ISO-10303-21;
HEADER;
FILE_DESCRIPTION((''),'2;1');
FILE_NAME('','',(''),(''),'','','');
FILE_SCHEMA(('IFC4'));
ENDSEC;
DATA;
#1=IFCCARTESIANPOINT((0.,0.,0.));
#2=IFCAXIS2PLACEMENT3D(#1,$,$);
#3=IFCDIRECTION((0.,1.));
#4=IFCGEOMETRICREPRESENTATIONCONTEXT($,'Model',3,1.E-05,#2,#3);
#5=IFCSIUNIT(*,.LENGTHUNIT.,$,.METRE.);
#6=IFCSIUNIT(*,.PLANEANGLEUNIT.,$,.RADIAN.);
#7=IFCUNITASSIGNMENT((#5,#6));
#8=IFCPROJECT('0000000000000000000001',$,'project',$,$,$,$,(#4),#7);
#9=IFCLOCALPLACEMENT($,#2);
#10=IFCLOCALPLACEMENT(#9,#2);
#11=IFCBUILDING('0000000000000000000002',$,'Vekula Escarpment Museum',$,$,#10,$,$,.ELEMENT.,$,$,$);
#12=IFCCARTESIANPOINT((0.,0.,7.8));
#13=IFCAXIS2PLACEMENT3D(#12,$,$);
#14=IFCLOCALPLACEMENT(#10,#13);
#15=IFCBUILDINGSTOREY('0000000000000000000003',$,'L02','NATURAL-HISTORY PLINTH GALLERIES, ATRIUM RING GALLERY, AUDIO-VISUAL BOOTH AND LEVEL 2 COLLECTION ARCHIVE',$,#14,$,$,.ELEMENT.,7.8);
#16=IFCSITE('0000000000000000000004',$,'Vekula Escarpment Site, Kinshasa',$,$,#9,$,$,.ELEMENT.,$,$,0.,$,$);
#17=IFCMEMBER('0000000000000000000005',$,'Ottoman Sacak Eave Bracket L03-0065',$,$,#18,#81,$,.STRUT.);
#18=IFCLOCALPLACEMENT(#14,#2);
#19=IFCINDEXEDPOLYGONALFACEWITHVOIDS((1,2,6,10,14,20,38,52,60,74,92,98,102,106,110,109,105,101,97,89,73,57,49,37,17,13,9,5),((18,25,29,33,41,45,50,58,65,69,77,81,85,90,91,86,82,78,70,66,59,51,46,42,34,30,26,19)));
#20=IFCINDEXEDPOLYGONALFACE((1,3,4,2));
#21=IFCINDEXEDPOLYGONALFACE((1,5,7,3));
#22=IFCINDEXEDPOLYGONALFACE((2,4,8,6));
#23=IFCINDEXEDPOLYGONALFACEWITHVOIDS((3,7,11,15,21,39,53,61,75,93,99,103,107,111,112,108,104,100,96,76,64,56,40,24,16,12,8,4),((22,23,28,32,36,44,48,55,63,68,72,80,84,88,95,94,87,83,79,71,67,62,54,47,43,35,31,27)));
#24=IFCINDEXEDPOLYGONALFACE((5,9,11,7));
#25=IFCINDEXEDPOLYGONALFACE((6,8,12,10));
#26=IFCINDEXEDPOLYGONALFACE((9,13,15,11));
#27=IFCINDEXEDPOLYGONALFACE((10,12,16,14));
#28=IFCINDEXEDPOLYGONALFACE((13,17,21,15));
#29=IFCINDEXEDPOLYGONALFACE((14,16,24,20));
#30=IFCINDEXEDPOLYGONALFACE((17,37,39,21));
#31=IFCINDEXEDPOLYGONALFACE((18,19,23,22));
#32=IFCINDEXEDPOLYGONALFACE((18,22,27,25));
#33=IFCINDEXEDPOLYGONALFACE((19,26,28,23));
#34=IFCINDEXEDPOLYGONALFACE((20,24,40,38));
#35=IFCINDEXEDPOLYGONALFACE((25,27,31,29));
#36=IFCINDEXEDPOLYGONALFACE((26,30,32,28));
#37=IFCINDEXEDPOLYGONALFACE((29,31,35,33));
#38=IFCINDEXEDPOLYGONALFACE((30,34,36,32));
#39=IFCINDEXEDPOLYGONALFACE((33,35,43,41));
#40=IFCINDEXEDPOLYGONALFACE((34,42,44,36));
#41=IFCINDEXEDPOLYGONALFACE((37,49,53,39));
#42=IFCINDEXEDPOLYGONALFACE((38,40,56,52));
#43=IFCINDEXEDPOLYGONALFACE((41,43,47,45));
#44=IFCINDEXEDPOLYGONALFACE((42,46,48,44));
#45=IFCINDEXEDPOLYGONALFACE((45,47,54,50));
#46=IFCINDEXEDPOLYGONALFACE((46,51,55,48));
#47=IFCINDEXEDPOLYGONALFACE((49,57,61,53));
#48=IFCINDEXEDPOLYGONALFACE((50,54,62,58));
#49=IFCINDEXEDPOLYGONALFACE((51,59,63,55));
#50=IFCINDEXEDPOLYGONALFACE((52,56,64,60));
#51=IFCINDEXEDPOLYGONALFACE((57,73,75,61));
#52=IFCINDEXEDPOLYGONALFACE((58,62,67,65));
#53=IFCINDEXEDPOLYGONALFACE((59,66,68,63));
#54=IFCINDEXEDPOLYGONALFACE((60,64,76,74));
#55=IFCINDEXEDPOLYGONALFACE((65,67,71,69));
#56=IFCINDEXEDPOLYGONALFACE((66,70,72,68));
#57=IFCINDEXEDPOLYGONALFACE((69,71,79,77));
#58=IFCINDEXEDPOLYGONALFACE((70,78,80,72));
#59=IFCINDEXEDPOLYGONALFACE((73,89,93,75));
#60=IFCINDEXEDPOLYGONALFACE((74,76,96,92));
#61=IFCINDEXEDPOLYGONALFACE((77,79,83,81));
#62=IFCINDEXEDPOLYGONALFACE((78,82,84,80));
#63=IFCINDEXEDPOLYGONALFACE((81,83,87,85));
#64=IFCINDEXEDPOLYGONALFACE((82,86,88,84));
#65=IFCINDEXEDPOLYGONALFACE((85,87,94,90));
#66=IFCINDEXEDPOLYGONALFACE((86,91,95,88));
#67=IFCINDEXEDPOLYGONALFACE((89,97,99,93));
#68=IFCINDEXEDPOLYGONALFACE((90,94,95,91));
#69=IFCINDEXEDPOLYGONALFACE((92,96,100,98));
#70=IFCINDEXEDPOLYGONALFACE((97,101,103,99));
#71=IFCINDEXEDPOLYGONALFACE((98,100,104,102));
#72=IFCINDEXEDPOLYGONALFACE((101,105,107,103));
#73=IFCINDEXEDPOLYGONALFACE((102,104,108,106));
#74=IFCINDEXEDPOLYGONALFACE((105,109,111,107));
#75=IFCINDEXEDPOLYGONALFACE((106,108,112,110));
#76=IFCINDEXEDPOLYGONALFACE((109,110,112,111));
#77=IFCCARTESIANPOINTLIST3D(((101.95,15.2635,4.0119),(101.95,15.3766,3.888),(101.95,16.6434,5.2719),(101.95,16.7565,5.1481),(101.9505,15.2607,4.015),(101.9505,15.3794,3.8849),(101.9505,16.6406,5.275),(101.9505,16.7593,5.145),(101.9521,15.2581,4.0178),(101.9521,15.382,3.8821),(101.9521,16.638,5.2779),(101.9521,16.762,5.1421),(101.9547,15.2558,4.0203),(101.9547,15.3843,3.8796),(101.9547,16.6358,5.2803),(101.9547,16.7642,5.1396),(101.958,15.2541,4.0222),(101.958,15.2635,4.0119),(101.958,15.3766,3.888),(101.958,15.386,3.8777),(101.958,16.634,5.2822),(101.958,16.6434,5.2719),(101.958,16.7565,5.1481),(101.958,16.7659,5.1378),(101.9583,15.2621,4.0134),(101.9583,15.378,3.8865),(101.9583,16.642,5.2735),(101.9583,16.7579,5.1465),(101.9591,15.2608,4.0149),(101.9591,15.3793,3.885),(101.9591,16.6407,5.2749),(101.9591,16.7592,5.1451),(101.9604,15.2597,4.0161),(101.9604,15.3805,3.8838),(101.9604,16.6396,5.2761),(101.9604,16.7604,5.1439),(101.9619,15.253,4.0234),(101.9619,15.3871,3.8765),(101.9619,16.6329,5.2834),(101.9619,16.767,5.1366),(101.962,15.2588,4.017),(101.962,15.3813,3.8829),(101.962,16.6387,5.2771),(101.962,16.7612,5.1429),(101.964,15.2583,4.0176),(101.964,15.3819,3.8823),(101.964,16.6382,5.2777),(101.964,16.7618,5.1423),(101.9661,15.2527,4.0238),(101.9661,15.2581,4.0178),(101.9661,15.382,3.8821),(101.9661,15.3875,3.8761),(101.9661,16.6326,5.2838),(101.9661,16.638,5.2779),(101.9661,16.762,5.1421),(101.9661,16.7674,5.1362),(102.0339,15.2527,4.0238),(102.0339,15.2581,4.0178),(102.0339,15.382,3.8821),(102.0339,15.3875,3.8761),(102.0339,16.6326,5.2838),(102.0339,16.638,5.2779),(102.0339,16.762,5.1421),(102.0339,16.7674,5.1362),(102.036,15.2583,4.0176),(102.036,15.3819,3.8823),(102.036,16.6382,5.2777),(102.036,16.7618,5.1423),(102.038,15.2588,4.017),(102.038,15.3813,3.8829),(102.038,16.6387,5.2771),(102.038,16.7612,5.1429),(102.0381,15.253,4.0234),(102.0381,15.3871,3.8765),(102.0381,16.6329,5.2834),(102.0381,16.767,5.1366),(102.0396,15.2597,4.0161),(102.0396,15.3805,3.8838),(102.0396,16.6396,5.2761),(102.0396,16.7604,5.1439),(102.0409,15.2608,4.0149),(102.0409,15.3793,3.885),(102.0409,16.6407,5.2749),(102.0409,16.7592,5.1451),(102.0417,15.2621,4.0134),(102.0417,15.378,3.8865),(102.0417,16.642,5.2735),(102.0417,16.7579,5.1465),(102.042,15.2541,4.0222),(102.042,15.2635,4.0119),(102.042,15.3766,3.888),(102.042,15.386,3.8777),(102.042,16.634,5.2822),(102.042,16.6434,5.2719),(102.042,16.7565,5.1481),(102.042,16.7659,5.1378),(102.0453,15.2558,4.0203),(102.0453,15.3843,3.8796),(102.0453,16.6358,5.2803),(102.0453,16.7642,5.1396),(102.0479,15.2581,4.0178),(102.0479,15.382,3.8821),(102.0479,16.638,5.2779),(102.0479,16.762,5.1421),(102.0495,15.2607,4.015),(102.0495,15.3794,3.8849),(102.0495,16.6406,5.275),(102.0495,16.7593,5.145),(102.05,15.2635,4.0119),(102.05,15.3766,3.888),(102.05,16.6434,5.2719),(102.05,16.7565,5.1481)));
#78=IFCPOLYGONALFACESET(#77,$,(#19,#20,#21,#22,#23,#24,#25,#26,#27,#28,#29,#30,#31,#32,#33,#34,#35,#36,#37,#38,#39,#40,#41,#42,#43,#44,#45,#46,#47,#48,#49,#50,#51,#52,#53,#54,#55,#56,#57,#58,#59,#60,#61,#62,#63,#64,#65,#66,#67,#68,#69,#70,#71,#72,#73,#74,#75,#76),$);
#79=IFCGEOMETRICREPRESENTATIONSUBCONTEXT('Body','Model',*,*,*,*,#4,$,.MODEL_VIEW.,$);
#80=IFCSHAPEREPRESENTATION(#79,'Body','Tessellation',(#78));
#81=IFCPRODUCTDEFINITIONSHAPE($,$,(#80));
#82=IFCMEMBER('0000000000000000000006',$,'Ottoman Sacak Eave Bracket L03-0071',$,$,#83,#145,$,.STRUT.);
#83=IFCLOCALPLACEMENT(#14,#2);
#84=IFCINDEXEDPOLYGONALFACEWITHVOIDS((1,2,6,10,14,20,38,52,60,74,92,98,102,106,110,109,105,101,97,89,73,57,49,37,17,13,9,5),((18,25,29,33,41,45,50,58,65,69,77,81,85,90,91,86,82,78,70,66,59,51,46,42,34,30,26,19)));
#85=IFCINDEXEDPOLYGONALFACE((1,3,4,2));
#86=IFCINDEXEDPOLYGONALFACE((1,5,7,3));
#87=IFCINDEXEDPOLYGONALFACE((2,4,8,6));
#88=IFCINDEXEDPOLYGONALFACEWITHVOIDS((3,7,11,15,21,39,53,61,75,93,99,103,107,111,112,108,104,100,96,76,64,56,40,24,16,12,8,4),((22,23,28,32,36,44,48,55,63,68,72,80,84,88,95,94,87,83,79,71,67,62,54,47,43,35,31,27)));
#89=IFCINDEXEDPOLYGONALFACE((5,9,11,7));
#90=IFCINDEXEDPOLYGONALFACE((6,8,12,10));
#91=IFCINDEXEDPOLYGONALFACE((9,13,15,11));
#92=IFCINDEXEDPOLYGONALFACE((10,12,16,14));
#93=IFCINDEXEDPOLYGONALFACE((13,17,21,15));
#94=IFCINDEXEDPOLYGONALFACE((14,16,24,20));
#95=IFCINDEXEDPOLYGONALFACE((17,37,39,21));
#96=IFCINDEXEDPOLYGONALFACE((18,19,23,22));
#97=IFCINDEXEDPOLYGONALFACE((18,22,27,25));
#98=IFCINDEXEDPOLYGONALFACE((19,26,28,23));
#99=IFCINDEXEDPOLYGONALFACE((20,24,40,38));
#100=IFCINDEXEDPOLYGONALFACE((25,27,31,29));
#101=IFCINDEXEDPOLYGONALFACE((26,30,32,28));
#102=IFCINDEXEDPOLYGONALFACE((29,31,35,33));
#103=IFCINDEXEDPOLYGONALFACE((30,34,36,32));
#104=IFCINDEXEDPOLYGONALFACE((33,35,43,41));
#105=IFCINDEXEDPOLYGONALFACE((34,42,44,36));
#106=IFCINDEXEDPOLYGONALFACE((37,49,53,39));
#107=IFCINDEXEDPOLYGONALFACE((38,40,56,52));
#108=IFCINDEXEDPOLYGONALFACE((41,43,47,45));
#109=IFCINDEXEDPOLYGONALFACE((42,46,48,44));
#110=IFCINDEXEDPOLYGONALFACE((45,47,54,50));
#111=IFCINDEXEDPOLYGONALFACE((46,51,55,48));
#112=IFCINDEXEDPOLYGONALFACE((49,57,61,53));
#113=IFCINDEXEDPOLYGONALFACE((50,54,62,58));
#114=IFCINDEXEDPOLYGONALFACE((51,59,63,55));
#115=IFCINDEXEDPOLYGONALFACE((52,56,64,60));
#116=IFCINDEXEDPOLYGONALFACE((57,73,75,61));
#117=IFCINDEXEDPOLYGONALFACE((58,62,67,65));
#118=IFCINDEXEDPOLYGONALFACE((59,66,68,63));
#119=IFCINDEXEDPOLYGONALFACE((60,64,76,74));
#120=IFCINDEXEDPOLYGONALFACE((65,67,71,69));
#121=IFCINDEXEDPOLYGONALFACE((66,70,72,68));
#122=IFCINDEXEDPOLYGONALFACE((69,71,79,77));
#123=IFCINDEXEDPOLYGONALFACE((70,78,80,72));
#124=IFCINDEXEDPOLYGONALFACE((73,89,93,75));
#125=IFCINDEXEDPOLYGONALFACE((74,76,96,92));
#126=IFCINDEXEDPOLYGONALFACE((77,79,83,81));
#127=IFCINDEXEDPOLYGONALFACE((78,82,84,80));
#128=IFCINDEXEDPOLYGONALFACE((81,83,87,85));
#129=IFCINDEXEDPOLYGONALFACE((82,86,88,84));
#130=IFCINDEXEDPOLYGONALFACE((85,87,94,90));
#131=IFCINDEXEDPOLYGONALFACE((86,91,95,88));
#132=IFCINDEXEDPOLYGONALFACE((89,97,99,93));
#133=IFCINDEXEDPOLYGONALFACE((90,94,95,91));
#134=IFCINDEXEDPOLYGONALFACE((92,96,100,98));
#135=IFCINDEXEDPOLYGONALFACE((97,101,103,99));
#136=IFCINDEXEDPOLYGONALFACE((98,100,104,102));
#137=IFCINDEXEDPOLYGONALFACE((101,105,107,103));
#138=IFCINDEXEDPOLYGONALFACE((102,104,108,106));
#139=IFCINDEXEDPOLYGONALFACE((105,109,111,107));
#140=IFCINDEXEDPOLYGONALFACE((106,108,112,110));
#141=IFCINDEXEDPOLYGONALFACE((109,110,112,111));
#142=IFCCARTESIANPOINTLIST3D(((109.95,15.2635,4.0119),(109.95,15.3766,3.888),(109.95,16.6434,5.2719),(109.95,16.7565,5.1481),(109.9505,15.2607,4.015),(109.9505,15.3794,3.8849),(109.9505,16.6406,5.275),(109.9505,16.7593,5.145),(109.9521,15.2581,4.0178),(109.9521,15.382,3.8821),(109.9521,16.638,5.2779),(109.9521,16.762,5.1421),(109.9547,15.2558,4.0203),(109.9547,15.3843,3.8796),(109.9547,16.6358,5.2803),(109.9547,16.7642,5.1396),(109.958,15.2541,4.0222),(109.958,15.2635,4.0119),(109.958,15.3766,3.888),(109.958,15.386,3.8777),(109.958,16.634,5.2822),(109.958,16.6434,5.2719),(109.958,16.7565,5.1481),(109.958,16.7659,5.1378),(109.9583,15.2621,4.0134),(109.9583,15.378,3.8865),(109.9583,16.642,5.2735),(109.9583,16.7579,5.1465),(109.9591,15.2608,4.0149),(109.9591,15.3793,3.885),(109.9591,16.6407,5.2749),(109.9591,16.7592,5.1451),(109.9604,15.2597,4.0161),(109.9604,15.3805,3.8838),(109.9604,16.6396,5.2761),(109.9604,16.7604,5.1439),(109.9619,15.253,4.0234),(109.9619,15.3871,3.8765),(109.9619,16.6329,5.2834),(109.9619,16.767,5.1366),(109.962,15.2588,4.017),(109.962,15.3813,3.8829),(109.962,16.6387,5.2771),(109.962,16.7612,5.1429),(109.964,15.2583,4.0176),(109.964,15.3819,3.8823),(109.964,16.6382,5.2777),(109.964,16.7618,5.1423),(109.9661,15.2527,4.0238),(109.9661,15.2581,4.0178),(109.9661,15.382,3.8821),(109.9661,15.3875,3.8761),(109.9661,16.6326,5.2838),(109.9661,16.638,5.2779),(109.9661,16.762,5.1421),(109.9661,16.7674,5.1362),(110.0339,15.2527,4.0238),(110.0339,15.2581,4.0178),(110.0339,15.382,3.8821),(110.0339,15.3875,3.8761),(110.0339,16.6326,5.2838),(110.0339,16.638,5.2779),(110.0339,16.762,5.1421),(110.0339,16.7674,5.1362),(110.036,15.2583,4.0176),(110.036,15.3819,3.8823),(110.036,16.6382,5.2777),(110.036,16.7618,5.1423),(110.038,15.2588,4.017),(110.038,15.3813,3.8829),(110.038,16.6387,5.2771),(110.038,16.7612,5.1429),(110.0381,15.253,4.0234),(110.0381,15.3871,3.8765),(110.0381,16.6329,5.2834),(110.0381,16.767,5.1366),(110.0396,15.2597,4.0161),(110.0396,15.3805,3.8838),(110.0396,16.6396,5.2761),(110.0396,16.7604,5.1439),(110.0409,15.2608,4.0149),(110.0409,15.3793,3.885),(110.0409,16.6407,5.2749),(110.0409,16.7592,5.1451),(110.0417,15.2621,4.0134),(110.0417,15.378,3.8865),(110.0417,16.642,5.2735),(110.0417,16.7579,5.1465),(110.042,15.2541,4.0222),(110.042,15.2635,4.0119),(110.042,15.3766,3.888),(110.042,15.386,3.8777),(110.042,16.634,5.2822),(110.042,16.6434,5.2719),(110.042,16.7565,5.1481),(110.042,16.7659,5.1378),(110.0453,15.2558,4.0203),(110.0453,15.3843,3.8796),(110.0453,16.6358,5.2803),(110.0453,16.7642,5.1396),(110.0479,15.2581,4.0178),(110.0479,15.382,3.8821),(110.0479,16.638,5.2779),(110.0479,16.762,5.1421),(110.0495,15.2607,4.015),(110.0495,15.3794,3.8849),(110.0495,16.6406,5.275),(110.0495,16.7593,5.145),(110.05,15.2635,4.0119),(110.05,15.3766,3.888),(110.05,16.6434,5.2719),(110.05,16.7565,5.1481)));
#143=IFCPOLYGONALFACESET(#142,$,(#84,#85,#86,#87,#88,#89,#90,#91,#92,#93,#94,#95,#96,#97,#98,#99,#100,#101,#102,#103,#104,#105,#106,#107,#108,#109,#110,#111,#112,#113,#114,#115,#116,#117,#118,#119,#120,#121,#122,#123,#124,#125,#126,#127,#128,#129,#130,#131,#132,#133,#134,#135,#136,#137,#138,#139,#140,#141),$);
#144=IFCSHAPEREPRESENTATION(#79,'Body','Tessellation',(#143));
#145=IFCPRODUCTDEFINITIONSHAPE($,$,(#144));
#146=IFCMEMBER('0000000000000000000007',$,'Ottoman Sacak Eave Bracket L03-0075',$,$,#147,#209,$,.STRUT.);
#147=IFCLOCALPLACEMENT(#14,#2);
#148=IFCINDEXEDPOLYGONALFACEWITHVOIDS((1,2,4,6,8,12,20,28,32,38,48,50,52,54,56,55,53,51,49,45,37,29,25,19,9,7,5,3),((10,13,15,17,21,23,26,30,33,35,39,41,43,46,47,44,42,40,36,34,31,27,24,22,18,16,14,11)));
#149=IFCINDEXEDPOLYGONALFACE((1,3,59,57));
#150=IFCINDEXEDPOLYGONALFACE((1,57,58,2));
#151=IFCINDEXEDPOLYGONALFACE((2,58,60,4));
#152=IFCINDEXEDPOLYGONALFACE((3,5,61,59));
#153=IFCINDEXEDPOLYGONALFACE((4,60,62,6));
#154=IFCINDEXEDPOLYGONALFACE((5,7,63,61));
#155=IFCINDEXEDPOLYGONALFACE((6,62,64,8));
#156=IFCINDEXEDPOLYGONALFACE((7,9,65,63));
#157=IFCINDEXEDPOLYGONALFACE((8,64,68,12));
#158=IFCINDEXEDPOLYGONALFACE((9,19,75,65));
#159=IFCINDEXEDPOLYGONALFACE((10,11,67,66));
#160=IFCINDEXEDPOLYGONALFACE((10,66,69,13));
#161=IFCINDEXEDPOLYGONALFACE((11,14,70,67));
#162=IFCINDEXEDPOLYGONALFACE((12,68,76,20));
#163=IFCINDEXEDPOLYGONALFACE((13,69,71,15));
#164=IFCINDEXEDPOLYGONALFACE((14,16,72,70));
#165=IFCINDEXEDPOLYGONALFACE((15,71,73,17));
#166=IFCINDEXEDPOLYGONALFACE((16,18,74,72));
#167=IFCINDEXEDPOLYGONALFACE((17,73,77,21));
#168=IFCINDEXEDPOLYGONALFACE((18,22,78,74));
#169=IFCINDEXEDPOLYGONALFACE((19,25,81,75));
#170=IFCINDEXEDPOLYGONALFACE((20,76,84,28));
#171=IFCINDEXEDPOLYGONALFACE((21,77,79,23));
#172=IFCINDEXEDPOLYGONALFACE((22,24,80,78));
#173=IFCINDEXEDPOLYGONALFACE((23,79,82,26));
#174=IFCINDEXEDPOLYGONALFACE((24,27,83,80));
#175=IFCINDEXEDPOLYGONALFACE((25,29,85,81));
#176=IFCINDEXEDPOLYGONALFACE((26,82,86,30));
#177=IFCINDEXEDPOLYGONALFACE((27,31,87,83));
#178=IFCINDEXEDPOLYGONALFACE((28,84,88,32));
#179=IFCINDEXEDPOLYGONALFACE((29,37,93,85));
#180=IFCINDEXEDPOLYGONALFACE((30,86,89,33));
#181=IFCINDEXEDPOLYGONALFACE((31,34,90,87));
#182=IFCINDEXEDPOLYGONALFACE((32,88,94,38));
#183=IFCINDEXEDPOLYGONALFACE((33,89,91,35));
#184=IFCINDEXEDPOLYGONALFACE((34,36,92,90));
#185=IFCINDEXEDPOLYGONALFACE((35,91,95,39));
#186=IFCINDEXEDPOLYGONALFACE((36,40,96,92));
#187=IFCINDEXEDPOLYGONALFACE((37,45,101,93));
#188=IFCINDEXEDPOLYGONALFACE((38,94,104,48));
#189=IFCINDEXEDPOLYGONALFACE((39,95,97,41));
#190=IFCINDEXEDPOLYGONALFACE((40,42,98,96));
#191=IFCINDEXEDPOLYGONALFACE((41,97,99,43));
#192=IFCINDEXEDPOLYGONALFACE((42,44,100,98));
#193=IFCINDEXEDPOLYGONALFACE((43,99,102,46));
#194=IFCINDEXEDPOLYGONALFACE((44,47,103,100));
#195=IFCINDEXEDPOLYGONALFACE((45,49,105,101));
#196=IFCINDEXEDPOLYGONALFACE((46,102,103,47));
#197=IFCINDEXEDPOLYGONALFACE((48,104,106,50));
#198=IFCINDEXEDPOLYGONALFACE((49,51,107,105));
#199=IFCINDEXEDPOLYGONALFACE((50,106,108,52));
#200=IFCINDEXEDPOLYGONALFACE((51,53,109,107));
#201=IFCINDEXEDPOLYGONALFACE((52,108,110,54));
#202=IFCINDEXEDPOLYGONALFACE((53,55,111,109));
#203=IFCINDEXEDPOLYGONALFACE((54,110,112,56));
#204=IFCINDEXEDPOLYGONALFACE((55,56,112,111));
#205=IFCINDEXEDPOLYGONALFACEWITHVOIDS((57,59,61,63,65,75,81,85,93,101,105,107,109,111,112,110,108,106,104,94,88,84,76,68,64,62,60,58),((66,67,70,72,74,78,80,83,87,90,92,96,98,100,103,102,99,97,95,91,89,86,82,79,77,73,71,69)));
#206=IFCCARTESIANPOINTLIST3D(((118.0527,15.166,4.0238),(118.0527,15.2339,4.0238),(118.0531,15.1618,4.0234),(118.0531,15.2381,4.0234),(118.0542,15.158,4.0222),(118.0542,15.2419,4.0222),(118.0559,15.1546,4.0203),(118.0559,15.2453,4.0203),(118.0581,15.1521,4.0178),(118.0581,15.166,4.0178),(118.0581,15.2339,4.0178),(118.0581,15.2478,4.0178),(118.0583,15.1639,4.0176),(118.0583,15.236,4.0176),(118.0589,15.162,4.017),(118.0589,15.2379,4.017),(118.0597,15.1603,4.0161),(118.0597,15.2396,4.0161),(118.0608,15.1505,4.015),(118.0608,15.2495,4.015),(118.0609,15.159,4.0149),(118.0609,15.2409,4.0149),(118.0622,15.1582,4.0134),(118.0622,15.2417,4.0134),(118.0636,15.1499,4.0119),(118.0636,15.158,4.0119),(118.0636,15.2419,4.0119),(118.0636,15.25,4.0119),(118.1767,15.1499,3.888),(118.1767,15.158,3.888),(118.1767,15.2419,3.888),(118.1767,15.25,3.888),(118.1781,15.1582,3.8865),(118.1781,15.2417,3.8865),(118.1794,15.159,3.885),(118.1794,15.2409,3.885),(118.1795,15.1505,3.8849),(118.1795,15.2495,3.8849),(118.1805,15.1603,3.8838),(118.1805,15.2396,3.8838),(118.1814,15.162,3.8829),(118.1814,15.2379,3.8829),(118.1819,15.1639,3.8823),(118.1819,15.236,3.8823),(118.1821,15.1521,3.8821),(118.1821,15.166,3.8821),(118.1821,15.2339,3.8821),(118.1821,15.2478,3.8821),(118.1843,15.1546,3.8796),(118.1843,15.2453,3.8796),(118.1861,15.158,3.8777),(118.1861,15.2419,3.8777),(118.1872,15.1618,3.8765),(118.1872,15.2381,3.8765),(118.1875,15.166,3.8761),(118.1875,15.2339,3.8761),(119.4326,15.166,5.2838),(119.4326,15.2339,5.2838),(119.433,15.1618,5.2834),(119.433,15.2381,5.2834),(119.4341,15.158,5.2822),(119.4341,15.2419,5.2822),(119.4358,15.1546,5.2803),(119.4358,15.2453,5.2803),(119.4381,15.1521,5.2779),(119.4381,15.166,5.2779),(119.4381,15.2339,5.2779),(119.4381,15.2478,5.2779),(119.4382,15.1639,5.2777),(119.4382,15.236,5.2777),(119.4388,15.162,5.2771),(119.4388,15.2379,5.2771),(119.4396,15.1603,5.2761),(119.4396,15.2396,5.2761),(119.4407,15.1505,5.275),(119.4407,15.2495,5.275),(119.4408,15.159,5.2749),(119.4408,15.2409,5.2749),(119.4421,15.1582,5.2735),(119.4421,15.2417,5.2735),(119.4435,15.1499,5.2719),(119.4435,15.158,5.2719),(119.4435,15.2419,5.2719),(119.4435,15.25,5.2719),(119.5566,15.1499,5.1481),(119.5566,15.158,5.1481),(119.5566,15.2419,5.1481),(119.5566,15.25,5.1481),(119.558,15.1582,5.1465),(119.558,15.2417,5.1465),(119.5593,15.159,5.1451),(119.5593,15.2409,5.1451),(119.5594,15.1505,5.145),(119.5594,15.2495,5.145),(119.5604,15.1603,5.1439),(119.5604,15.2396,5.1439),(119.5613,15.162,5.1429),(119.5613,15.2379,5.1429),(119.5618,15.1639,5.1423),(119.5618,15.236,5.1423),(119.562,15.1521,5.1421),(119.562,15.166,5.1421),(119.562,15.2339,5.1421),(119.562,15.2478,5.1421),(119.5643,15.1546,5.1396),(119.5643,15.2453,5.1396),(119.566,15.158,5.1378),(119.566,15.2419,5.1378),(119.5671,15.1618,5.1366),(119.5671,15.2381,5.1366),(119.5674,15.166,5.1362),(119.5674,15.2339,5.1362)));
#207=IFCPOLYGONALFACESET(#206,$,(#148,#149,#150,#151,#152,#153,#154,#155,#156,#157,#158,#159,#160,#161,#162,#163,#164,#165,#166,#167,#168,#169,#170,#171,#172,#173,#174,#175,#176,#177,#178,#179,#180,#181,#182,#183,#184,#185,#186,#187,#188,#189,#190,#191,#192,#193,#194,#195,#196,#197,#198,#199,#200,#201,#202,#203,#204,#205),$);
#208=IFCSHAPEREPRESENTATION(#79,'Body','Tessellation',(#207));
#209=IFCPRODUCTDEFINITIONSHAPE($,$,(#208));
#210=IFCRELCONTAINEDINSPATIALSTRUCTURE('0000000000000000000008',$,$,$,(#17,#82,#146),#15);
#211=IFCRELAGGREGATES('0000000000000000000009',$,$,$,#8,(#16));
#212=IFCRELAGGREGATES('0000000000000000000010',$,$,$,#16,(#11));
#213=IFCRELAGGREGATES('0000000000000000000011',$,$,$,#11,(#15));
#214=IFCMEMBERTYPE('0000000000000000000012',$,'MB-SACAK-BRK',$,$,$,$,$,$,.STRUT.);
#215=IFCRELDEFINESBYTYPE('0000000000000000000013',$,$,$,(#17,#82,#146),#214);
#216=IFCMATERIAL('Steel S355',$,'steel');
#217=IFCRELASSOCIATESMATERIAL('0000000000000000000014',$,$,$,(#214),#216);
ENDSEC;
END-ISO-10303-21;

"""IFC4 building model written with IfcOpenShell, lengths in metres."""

from ifc_helpers import new_model, si_unit, direction, frame, origin, origin_2d, place, context, subcontext, project, spatial, hollow_rectangle, extrude, material, material_profile, profile_set, type_object, element, save


model = new_model("IFC4")

# Units and contexts
model_context = context("Model", 3, precision=1e-05, world=origin(), true_north=direction((0.0, 1.0)))
body_context = subcontext(model_context, "Body", "Model", "MODEL_VIEW")
ifc_project = project(units=[si_unit("LENGTHUNIT", "METRE"), si_unit("PLANEANGLEUNIT", "RADIAN")], contexts=[model_context])

# Site, building, storey
site_placement = place(None, origin())
site = spatial("IfcSite", under=ifc_project, at=site_placement, Name="Vekula Escarpment Site, Kinshasa", CompositionType="ELEMENT", RefElevation=0.0)
building_placement = place(site_placement, origin())
building = spatial("IfcBuilding", under=site, at=building_placement, Name="Vekula Escarpment Museum", CompositionType="ELEMENT")
storey_placement = place(building_placement, frame((0.0, 0.0, 7.8)))
storey = spatial("IfcBuildingStorey", under=building, at=storey_placement, Name="L02", Description="NATURAL-HISTORY PLINTH GALLERIES, ATRIUM RING GALLERY, AUDIO-VISUAL BOOTH AND LEVEL 2 COLLECTION ARCHIVE", CompositionType="ELEMENT", Elevation=7.8)

# Members
ifc_material_1 = material(Name="Steel S355", Category="steel")
ifc_material_profile_1 = material_profile(ifc_material_1, hollow_rectangle(XDim=0.1001, YDim=0.2, WallThickness=0.0081, InnerFilletRadius=0.0081, OuterFilletRadius=0.0161, at=origin_2d()), Name="RHS 200x100x8")
ifc_profile_set_1 = profile_set([ifc_material_profile_1], Name="Steel S355")
member_type_1 = type_object("IfcMemberType", Name="MB-SACAK-BRK", PredefinedType="STRUT", material=ifc_profile_set_1)
for number, where, z_axis, x_axis, name in (
    (1, (102.0, 15.3201, 3.95), (0.0, 0.738454, 0.674303), (-1.0, 0.0, 0.0), "Ottoman Sacak Eave Bracket L03-0065"),
    (2, (110.0, 15.3201, 3.95), (0.0, 0.738454, 0.674303), (-1.0, 0.0, 0.0), "Ottoman Sacak Eave Bracket L03-0071"),
    (3, (118.1201, 15.2, 3.95), (0.738454, 0.0, 0.674303), (0.0, 1.0, 0.0), "Ottoman Sacak Eave Bracket L03-0075"),
):
    element("IfcMember", number, at=place(storey_placement, frame(where, z_axis=z_axis, x_axis=x_axis)), inside=storey, type_object=member_type_1, Name=name, PredefinedType="STRUT", context=body_context, shape_type="SweptSolid", body=[
        extrude(hollow_rectangle(XDim=0.1001, YDim=0.2, WallThickness=0.0081, InnerFilletRadius=0.0081, OuterFilletRadius=0.0161, at=origin_2d()), origin(), (0.0, 0.0, 1.0), 1.8687),
    ])

save(model, "model.ifc")
